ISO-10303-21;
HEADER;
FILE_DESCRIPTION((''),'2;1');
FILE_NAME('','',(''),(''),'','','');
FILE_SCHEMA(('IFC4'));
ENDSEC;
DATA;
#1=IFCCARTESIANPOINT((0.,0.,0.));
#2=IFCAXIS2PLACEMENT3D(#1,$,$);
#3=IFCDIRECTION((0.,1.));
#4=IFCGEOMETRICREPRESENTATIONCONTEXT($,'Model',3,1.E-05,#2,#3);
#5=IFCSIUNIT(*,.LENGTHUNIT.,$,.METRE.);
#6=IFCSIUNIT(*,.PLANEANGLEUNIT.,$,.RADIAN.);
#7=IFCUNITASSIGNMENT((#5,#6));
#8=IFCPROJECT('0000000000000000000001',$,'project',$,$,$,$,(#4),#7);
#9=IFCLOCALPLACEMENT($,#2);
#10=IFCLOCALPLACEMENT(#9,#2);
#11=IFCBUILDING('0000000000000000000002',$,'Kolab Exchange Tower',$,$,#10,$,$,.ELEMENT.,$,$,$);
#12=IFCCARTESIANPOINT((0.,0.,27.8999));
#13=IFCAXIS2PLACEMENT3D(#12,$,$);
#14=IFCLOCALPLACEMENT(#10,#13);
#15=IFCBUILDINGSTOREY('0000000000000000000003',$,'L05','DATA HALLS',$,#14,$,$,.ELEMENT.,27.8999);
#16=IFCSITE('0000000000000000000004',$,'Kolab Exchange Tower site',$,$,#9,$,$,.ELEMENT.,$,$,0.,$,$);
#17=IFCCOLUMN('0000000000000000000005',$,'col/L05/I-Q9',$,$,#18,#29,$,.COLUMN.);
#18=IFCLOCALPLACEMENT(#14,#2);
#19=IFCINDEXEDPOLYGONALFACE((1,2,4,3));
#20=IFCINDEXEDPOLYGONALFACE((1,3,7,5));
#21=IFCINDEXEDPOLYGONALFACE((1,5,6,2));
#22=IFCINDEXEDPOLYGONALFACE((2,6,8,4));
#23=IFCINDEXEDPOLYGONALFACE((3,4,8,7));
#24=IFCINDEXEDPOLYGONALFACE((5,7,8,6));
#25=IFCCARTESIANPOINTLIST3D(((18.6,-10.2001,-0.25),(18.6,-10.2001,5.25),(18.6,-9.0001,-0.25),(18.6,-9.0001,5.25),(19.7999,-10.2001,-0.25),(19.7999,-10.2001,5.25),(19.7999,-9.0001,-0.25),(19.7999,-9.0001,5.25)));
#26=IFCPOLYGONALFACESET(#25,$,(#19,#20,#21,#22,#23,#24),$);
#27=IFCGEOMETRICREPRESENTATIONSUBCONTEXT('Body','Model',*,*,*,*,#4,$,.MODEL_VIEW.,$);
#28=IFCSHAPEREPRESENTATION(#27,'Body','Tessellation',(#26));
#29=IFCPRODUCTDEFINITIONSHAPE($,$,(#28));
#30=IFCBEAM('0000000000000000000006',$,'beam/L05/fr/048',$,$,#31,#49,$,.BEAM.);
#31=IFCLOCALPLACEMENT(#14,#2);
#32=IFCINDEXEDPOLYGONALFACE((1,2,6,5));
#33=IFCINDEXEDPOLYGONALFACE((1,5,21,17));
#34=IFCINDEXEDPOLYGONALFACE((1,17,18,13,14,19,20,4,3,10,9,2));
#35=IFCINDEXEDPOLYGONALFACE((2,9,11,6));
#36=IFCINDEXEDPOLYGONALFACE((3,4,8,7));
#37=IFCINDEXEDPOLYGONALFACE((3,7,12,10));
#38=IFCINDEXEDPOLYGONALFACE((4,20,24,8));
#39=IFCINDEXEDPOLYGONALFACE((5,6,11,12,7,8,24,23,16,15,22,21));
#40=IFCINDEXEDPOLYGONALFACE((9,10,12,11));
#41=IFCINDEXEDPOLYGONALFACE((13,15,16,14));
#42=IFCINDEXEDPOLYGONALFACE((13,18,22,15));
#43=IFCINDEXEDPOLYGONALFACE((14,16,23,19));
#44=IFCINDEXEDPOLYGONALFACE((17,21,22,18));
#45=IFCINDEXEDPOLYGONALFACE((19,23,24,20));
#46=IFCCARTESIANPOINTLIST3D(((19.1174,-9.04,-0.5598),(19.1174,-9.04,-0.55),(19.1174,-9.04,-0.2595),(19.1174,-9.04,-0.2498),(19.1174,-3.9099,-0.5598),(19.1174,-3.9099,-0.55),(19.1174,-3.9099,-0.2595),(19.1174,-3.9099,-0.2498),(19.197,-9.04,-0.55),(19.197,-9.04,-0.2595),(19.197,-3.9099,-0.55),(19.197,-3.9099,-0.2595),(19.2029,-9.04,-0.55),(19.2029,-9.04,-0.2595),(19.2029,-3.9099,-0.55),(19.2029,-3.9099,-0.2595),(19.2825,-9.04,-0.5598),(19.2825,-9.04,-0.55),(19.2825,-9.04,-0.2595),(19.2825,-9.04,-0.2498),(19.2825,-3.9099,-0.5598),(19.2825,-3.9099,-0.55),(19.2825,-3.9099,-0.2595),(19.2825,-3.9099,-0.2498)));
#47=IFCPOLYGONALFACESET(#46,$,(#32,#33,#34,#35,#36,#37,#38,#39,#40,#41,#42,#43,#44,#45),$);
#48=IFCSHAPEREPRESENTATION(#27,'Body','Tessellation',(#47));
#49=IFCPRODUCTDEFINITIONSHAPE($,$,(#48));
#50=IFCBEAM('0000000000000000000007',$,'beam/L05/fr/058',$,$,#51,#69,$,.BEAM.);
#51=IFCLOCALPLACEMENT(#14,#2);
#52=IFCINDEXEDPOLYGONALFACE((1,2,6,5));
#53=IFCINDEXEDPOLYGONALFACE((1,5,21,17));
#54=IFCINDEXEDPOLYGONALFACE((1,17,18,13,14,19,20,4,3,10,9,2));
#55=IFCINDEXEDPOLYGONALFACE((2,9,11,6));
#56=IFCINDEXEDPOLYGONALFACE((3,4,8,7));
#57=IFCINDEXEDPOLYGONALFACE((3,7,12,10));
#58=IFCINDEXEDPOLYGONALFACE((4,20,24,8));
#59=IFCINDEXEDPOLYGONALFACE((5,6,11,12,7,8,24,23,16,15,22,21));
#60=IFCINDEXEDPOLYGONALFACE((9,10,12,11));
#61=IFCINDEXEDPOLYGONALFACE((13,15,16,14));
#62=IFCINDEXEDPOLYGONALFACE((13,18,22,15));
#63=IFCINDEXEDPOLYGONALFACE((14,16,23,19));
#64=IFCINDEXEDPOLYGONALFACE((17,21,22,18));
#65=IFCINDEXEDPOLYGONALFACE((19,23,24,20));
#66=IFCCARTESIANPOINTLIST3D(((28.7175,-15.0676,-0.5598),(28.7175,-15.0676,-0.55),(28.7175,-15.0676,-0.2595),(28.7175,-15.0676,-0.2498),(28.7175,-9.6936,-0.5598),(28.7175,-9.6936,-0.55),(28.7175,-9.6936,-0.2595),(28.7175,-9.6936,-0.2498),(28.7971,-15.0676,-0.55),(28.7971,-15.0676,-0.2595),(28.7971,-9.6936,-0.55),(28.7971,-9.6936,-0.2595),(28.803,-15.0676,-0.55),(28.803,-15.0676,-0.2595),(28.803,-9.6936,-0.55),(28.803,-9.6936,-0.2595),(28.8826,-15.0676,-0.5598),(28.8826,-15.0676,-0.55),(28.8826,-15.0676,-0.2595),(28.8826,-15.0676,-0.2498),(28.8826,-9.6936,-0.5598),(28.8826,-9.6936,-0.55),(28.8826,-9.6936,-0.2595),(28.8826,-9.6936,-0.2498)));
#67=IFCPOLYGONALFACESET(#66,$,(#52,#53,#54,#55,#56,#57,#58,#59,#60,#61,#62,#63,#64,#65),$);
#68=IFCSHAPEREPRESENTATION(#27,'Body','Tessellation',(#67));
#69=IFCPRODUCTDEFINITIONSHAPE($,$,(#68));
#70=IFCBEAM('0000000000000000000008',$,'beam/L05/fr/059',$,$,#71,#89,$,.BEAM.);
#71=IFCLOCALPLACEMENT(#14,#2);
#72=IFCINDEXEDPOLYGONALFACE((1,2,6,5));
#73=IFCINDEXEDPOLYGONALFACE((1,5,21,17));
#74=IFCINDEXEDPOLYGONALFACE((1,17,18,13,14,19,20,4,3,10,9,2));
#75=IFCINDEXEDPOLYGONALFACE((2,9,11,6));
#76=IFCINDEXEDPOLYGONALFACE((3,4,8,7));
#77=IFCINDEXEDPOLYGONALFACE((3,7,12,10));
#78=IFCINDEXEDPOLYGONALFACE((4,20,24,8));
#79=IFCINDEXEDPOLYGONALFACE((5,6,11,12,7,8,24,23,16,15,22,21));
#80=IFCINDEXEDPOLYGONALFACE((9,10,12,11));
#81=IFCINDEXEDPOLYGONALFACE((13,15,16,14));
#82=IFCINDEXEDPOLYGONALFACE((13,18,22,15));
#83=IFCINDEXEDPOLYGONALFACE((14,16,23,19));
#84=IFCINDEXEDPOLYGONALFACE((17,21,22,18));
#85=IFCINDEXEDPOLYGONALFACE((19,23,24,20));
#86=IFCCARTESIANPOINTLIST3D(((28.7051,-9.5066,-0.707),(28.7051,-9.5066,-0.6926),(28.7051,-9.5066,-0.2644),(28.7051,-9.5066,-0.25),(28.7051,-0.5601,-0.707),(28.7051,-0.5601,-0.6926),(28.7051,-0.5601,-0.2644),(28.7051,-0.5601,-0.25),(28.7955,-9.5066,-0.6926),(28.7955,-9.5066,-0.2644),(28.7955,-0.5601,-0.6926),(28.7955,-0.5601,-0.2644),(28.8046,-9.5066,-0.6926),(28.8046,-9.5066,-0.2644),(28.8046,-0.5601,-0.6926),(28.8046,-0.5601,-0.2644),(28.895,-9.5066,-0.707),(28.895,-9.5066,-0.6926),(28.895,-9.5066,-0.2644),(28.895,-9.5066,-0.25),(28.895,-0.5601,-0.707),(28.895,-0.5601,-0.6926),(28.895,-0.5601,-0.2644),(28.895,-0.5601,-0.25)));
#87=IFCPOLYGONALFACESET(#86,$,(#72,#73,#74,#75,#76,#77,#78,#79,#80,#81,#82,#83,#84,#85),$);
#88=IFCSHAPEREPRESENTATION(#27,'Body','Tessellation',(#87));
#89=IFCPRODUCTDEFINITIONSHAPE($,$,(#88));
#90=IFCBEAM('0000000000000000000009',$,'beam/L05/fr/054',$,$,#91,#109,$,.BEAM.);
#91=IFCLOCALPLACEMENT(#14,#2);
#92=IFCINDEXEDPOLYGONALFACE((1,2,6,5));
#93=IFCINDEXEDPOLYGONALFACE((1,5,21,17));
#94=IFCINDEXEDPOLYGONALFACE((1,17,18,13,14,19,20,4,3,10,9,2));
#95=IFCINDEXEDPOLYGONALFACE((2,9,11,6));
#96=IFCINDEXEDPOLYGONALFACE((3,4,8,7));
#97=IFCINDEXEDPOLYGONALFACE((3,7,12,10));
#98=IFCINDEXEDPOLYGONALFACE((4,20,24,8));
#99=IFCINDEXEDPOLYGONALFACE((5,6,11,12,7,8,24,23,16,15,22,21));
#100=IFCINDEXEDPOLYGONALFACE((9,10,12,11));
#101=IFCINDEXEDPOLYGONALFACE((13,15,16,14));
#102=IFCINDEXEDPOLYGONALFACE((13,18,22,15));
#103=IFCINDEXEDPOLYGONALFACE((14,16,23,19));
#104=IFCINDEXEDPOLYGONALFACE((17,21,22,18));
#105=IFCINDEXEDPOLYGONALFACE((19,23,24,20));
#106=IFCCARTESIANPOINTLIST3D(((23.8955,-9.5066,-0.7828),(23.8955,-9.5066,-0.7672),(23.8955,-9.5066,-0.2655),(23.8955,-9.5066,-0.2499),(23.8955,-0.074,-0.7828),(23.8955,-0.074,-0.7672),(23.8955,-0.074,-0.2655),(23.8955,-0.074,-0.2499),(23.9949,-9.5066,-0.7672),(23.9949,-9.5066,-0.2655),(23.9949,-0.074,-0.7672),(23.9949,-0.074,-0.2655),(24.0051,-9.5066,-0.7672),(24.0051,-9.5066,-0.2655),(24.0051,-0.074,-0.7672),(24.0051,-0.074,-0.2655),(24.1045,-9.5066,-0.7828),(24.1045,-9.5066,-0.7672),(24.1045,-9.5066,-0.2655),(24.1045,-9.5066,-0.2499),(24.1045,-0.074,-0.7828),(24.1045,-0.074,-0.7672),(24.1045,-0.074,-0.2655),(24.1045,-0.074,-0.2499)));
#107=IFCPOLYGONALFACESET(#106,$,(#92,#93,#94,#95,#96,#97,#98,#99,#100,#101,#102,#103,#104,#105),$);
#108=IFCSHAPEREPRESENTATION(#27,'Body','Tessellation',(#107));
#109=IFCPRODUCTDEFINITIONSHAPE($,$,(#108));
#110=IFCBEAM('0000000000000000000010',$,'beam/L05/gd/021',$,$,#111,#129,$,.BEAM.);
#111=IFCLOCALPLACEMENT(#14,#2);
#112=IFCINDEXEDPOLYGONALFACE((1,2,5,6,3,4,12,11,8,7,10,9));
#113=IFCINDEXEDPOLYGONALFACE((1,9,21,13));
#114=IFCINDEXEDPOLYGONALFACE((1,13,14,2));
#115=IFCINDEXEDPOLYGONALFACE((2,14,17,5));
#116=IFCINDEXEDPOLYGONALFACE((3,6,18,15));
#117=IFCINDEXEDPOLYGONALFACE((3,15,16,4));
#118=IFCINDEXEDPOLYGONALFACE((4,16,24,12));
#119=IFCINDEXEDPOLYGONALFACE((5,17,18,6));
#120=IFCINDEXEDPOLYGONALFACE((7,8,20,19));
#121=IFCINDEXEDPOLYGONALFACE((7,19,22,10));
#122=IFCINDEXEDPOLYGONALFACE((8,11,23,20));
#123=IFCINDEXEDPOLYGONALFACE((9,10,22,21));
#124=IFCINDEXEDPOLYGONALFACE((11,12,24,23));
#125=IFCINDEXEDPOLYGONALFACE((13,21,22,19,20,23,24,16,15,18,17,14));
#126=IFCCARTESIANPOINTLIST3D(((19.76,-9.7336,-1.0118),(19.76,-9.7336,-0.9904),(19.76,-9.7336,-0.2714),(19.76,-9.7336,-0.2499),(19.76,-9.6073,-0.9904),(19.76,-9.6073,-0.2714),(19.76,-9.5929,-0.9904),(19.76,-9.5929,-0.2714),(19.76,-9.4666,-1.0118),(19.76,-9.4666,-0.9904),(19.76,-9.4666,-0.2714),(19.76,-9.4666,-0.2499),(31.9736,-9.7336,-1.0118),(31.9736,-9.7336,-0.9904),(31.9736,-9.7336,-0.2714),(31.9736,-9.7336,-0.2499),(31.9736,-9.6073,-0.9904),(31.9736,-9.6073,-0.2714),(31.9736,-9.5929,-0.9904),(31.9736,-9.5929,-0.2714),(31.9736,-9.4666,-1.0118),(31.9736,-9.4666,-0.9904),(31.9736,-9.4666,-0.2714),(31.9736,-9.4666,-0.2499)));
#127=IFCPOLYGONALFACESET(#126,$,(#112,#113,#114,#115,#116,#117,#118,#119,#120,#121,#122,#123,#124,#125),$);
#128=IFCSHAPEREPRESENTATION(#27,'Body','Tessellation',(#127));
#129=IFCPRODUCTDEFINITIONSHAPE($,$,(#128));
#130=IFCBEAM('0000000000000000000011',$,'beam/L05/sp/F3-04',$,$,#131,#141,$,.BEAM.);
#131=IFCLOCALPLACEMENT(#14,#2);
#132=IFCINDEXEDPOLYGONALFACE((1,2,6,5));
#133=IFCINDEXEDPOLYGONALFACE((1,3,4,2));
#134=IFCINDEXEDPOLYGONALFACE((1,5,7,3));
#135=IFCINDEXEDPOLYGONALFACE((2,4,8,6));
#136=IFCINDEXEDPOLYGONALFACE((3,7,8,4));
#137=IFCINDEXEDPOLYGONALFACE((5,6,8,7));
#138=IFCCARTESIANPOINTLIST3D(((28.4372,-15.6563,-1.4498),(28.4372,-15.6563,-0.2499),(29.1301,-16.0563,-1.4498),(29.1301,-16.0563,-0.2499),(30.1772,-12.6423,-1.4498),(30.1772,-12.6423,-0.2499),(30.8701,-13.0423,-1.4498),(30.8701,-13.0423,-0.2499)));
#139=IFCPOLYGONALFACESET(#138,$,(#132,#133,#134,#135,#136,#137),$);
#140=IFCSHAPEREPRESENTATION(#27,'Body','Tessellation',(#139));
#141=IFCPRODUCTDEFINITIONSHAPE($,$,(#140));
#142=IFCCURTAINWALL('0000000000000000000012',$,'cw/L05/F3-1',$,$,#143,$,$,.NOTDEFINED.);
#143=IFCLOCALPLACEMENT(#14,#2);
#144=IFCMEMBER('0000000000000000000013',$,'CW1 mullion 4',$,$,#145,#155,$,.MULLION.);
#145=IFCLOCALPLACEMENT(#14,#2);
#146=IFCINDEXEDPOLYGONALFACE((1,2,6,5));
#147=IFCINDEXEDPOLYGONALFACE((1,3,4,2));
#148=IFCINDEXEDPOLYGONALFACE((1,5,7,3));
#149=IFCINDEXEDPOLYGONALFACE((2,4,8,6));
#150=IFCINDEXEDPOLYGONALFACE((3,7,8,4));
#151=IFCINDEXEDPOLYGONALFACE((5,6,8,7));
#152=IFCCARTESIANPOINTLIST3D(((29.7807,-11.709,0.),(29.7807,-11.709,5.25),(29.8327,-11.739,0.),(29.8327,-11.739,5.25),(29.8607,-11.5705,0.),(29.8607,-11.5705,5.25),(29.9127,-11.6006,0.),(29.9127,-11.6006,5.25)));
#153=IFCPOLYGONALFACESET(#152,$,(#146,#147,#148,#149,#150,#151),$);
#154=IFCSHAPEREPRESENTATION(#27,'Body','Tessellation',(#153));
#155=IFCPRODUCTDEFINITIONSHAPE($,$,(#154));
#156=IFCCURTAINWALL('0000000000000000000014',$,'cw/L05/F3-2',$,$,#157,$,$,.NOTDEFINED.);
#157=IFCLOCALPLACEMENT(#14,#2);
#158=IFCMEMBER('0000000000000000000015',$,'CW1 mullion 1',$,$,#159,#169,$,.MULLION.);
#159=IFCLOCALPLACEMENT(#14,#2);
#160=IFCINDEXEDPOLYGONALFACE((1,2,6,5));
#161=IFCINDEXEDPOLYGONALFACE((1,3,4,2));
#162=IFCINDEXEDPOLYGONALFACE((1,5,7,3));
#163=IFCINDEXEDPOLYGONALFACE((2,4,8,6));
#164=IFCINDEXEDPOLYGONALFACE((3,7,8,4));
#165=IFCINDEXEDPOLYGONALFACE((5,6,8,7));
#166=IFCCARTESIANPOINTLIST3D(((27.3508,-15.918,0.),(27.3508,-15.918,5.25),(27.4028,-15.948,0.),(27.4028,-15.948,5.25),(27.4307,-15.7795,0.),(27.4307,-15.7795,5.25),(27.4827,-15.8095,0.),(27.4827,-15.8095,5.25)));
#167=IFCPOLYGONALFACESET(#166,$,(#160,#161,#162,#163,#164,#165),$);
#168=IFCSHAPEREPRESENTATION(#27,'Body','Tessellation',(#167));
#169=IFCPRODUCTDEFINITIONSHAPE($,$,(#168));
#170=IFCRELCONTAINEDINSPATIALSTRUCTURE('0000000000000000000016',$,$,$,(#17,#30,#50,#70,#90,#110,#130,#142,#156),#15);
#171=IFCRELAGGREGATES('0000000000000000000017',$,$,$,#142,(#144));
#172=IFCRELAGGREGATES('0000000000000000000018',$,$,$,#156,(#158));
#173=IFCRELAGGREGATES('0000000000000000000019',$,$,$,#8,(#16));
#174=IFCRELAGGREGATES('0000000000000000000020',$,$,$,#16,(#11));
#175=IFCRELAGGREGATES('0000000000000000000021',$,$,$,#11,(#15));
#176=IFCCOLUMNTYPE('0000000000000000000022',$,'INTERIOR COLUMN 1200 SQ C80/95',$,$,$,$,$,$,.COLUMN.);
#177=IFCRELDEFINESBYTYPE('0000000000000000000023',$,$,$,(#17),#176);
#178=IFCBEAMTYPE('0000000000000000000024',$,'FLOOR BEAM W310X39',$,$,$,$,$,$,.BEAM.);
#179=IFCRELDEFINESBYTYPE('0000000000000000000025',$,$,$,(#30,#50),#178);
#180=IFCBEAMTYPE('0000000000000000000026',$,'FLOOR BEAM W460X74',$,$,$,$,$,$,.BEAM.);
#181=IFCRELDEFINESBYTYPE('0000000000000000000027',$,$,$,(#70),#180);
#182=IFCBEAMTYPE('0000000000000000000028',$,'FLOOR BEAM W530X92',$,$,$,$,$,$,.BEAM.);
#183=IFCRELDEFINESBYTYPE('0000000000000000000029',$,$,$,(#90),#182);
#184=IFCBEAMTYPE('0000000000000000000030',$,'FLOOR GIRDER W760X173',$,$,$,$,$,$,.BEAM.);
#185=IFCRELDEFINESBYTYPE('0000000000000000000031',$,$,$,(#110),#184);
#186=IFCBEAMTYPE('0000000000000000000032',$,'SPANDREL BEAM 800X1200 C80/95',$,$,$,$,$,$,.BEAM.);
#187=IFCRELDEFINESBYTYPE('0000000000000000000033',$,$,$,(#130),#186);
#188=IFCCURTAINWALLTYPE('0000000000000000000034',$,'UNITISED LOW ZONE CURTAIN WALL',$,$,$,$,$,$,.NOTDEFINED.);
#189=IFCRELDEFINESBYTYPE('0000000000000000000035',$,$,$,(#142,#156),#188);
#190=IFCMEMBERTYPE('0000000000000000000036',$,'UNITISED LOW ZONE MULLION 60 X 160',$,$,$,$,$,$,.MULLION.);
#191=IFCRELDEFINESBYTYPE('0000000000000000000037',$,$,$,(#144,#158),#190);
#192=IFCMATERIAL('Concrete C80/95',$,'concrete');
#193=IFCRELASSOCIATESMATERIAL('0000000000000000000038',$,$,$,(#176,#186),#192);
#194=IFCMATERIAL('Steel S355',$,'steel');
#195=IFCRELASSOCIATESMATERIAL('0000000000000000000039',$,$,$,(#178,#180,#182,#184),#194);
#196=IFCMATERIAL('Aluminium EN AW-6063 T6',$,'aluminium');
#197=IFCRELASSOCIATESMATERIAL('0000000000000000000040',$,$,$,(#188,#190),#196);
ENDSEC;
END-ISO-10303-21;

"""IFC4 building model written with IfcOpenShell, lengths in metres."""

from ifc_helpers import new_model, si_unit, direction, frame, origin, origin_2d, place, context, subcontext, project, spatial, rectangle, i_section, extrude, material, material_profile, profile_set, type_object, element, aggregate, save


model = new_model("IFC4")

# Units and contexts
model_context = context("Model", 3, precision=1e-05, world=origin(), true_north=direction((0.0, 1.0)))
body_context = subcontext(model_context, "Body", "Model", "MODEL_VIEW")
ifc_project = project(units=[si_unit("LENGTHUNIT", "METRE"), si_unit("PLANEANGLEUNIT", "RADIAN")], contexts=[model_context])

# Site, building, storey
site_placement = place(None, origin())
site = spatial("IfcSite", under=ifc_project, at=site_placement, Name="Kolab Exchange Tower site", CompositionType="ELEMENT", RefElevation=0.0)
building_placement = place(site_placement, origin())
building = spatial("IfcBuilding", under=site, at=building_placement, Name="Kolab Exchange Tower", CompositionType="ELEMENT")
storey_placement = place(building_placement, frame((0.0, 0.0, 27.8999)))
storey = spatial("IfcBuildingStorey", under=building, at=storey_placement, Name="L05", Description="DATA HALLS", CompositionType="ELEMENT", Elevation=27.8999)

# Column
ifc_material_1 = material(Name="Concrete C80/95", Category="concrete")
ifc_material_profile_1 = material_profile(ifc_material_1, rectangle(XDim=1.2, YDim=1.2, at=origin_2d()), Name="RC1200")
ifc_profile_set_1 = profile_set([ifc_material_profile_1], Name="Concrete C80/95")
column_type = type_object("IfcColumnType", Name="INTERIOR COLUMN 1200 SQ C80/95", PredefinedType="COLUMN", material=ifc_profile_set_1)
column_placement = place(storey_placement, frame((19.2, -9.6001, -0.25), z_axis=(0.0, 0.0, 1.0), x_axis=(1.0, 0.0, 0.0)))
element("IfcColumn", 1, at=column_placement, inside=storey, type_object=column_type, Name="col/L05/I-Q9", PredefinedType="COLUMN", context=body_context, shape_type="SweptSolid", body=[
    extrude(rectangle(XDim=1.2, YDim=1.2, at=origin_2d()), origin(), (0.0, 0.0, 1.0), 5.5),
])

# Beams
ifc_material_2 = material(Name="Steel S355", Category="steel")
ifc_material_profile_2 = material_profile(ifc_material_2, i_section(OverallWidth=0.165, OverallDepth=0.3101, WebThickness=0.0059, FlangeThickness=0.0098, at=origin_2d()), Name="W310X39")
ifc_profile_set_2 = profile_set([ifc_material_profile_2], Name="Steel S355")
beam_type_1 = type_object("IfcBeamType", Name="FLOOR BEAM W310X39", PredefinedType="BEAM", material=ifc_profile_set_2)
beam_1_placement = place(storey_placement, frame((19.2, -9.04, -0.4048), z_axis=(0.0, 1.0, 0.0), x_axis=(-1.0, 0.0, 0.0)))
element("IfcBeam", 2, at=beam_1_placement, inside=storey, type_object=beam_type_1, Name="beam/L05/fr/048", PredefinedType="BEAM", context=body_context, shape_type="SweptSolid", body=[
    extrude(i_section(OverallWidth=0.165, OverallDepth=0.3101, WebThickness=0.0059, FlangeThickness=0.0098, at=origin_2d()), origin(), (0.0, 0.0, 1.0), 5.1301),
])
beam_2_placement = place(storey_placement, frame((28.8, -15.0676, -0.4048), z_axis=(0.0, 1.0, 0.0), x_axis=(-1.0, 0.0, 0.0)))
element("IfcBeam", 3, at=beam_2_placement, inside=storey, type_object=beam_type_1, Name="beam/L05/fr/058", PredefinedType="BEAM", context=body_context, shape_type="SweptSolid", body=[
    extrude(i_section(OverallWidth=0.165, OverallDepth=0.3101, WebThickness=0.0059, FlangeThickness=0.0098, at=origin_2d()), origin(), (0.0, 0.0, 1.0), 5.374),
])
ifc_material_profile_3 = material_profile(ifc_material_2, i_section(OverallWidth=0.1899, OverallDepth=0.457, WebThickness=0.009, FlangeThickness=0.0144, at=origin_2d()), Name="W460X74")
ifc_profile_set_3 = profile_set([ifc_material_profile_3], Name="Steel S355")
beam_type_2 = type_object("IfcBeamType", Name="FLOOR BEAM W460X74", PredefinedType="BEAM", material=ifc_profile_set_3)
beam_3_placement = place(storey_placement, frame((28.8, -9.5066, -0.4785), z_axis=(0.0, 1.0, 0.0), x_axis=(-1.0, 0.0, 0.0)))
element("IfcBeam", 4, at=beam_3_placement, inside=storey, type_object=beam_type_2, Name="beam/L05/fr/059", PredefinedType="BEAM", context=body_context, shape_type="SweptSolid", body=[
    extrude(i_section(OverallWidth=0.1899, OverallDepth=0.457, WebThickness=0.009, FlangeThickness=0.0144, at=origin_2d()), origin(), (0.0, 0.0, 1.0), 8.9465),
])
ifc_material_profile_4 = material_profile(ifc_material_2, i_section(OverallWidth=0.209, OverallDepth=0.533, WebThickness=0.0103, FlangeThickness=0.0156, at=origin_2d()), Name="W530X92")
ifc_profile_set_4 = profile_set([ifc_material_profile_4], Name="Steel S355")
beam_type_3 = type_object("IfcBeamType", Name="FLOOR BEAM W530X92", PredefinedType="BEAM", material=ifc_profile_set_4)
beam_4_placement = place(storey_placement, frame((24.0, -9.5066, -0.5164), z_axis=(0.0, 1.0, 0.0), x_axis=(-1.0, 0.0, 0.0)))
element("IfcBeam", 5, at=beam_4_placement, inside=storey, type_object=beam_type_3, Name="beam/L05/fr/054", PredefinedType="BEAM", context=body_context, shape_type="SweptSolid", body=[
    extrude(i_section(OverallWidth=0.209, OverallDepth=0.533, WebThickness=0.0103, FlangeThickness=0.0156, at=origin_2d()), origin(), (0.0, 0.0, 1.0), 9.4326),
])
ifc_material_profile_5 = material_profile(ifc_material_2, i_section(OverallWidth=0.2671, OverallDepth=0.762, WebThickness=0.0144, FlangeThickness=0.0215, at=origin_2d()), Name="W760X173")
ifc_profile_set_5 = profile_set([ifc_material_profile_5], Name="Steel S355")
beam_type_4 = type_object("IfcBeamType", Name="FLOOR GIRDER W760X173", PredefinedType="BEAM", material=ifc_profile_set_5)
beam_5_placement = place(storey_placement, frame((19.76, -9.6001, -0.6309), z_axis=(1.0, 0.0, 0.0), x_axis=(0.0, 1.0, 0.0)))
element("IfcBeam", 6, at=beam_5_placement, inside=storey, type_object=beam_type_4, Name="beam/L05/gd/021", PredefinedType="BEAM", context=body_context, shape_type="SweptSolid", body=[
    extrude(i_section(OverallWidth=0.2671, OverallDepth=0.762, WebThickness=0.0144, FlangeThickness=0.0215, at=origin_2d()), origin(), (0.0, 0.0, 1.0), 12.2136),
])
ifc_material_profile_6 = material_profile(ifc_material_1, rectangle(XDim=0.8, YDim=1.2, at=origin_2d()), Name="RC800X1200")
ifc_profile_set_6 = profile_set([ifc_material_profile_6], Name="Concrete C80/95")
beam_type_5 = type_object("IfcBeamType", Name="SPANDREL BEAM 800X1200 C80/95", PredefinedType="BEAM", material=ifc_profile_set_6)
beam_6_placement = place(storey_placement, frame((30.5237, -12.8423, -0.8499), z_axis=(-0.49998, -0.866037, 0.0), x_axis=(0.866037, -0.49998, 0.0)))
element("IfcBeam", 7, at=beam_6_placement, inside=storey, type_object=beam_type_5, Name="beam/L05/sp/F3-04", PredefinedType="BEAM", context=body_context, shape_type="SweptSolid", body=[
    extrude(rectangle(XDim=0.8, YDim=1.2, at=origin_2d()), origin(), (0.0, 0.0, 1.0), 3.4802),
])

# Curtain wall, member
ifc_material_3 = material(Name="Aluminium EN AW-6063 T6", Category="aluminium")
curtain_wall_type = type_object("IfcCurtainWallType", Name="UNITISED LOW ZONE CURTAIN WALL", PredefinedType="NOTDEFINED", material=ifc_material_3)
curtain_wall_1_placement = place(storey_placement, origin())
curtain_wall_1 = element("IfcCurtainWall", 8, at=curtain_wall_1_placement, inside=storey, type_object=curtain_wall_type, Name="cw/L05/F3-1", PredefinedType="NOTDEFINED")
ifc_material_profile_7 = material_profile(ifc_material_3, rectangle(XDim=0.0601, YDim=0.1599, at=origin_2d()), Name="RECT 60X160")
ifc_profile_set_7 = profile_set([ifc_material_profile_7], Name="Aluminium EN AW-6063 T6")
member_type_1 = type_object("IfcMemberType", Name="UNITISED LOW ZONE MULLION 60 X 160", PredefinedType="MULLION", material=ifc_profile_set_7)
member_1_placement = place(storey_placement, frame((29.8467, -11.6548, 0.0), z_axis=(0.0, 0.0, 1.0), x_axis=(0.866025, -0.5, 0.0)))
member_1 = element("IfcMember", 9, at=member_1_placement, type_object=member_type_1, Name="CW1 mullion 4", PredefinedType="MULLION", context=body_context, shape_type="SweptSolid", body=[
    extrude(rectangle(XDim=0.0601, YDim=0.1599, at=origin_2d()), origin(), (0.0, 0.0, 1.0), 5.25),
])
aggregate(curtain_wall_1, [member_1])

# Curtain wall, member
curtain_wall_2_placement = place(storey_placement, origin())
curtain_wall_2 = element("IfcCurtainWall", 10, at=curtain_wall_2_placement, inside=storey, type_object=curtain_wall_type, Name="cw/L05/F3-2", PredefinedType="NOTDEFINED")
member_2_placement = place(storey_placement, frame((27.4167, -15.8638, 0.0), z_axis=(0.0, 0.0, 1.0), x_axis=(0.866025, -0.5, 0.0)))
member_2 = element("IfcMember", 11, at=member_2_placement, type_object=member_type_1, Name="CW1 mullion 1", PredefinedType="MULLION", context=body_context, shape_type="SweptSolid", body=[
    extrude(rectangle(XDim=0.0601, YDim=0.1599, at=origin_2d()), origin(), (0.0, 0.0, 1.0), 5.25),
])
aggregate(curtain_wall_2, [member_2])

save(model, "model.ifc")
